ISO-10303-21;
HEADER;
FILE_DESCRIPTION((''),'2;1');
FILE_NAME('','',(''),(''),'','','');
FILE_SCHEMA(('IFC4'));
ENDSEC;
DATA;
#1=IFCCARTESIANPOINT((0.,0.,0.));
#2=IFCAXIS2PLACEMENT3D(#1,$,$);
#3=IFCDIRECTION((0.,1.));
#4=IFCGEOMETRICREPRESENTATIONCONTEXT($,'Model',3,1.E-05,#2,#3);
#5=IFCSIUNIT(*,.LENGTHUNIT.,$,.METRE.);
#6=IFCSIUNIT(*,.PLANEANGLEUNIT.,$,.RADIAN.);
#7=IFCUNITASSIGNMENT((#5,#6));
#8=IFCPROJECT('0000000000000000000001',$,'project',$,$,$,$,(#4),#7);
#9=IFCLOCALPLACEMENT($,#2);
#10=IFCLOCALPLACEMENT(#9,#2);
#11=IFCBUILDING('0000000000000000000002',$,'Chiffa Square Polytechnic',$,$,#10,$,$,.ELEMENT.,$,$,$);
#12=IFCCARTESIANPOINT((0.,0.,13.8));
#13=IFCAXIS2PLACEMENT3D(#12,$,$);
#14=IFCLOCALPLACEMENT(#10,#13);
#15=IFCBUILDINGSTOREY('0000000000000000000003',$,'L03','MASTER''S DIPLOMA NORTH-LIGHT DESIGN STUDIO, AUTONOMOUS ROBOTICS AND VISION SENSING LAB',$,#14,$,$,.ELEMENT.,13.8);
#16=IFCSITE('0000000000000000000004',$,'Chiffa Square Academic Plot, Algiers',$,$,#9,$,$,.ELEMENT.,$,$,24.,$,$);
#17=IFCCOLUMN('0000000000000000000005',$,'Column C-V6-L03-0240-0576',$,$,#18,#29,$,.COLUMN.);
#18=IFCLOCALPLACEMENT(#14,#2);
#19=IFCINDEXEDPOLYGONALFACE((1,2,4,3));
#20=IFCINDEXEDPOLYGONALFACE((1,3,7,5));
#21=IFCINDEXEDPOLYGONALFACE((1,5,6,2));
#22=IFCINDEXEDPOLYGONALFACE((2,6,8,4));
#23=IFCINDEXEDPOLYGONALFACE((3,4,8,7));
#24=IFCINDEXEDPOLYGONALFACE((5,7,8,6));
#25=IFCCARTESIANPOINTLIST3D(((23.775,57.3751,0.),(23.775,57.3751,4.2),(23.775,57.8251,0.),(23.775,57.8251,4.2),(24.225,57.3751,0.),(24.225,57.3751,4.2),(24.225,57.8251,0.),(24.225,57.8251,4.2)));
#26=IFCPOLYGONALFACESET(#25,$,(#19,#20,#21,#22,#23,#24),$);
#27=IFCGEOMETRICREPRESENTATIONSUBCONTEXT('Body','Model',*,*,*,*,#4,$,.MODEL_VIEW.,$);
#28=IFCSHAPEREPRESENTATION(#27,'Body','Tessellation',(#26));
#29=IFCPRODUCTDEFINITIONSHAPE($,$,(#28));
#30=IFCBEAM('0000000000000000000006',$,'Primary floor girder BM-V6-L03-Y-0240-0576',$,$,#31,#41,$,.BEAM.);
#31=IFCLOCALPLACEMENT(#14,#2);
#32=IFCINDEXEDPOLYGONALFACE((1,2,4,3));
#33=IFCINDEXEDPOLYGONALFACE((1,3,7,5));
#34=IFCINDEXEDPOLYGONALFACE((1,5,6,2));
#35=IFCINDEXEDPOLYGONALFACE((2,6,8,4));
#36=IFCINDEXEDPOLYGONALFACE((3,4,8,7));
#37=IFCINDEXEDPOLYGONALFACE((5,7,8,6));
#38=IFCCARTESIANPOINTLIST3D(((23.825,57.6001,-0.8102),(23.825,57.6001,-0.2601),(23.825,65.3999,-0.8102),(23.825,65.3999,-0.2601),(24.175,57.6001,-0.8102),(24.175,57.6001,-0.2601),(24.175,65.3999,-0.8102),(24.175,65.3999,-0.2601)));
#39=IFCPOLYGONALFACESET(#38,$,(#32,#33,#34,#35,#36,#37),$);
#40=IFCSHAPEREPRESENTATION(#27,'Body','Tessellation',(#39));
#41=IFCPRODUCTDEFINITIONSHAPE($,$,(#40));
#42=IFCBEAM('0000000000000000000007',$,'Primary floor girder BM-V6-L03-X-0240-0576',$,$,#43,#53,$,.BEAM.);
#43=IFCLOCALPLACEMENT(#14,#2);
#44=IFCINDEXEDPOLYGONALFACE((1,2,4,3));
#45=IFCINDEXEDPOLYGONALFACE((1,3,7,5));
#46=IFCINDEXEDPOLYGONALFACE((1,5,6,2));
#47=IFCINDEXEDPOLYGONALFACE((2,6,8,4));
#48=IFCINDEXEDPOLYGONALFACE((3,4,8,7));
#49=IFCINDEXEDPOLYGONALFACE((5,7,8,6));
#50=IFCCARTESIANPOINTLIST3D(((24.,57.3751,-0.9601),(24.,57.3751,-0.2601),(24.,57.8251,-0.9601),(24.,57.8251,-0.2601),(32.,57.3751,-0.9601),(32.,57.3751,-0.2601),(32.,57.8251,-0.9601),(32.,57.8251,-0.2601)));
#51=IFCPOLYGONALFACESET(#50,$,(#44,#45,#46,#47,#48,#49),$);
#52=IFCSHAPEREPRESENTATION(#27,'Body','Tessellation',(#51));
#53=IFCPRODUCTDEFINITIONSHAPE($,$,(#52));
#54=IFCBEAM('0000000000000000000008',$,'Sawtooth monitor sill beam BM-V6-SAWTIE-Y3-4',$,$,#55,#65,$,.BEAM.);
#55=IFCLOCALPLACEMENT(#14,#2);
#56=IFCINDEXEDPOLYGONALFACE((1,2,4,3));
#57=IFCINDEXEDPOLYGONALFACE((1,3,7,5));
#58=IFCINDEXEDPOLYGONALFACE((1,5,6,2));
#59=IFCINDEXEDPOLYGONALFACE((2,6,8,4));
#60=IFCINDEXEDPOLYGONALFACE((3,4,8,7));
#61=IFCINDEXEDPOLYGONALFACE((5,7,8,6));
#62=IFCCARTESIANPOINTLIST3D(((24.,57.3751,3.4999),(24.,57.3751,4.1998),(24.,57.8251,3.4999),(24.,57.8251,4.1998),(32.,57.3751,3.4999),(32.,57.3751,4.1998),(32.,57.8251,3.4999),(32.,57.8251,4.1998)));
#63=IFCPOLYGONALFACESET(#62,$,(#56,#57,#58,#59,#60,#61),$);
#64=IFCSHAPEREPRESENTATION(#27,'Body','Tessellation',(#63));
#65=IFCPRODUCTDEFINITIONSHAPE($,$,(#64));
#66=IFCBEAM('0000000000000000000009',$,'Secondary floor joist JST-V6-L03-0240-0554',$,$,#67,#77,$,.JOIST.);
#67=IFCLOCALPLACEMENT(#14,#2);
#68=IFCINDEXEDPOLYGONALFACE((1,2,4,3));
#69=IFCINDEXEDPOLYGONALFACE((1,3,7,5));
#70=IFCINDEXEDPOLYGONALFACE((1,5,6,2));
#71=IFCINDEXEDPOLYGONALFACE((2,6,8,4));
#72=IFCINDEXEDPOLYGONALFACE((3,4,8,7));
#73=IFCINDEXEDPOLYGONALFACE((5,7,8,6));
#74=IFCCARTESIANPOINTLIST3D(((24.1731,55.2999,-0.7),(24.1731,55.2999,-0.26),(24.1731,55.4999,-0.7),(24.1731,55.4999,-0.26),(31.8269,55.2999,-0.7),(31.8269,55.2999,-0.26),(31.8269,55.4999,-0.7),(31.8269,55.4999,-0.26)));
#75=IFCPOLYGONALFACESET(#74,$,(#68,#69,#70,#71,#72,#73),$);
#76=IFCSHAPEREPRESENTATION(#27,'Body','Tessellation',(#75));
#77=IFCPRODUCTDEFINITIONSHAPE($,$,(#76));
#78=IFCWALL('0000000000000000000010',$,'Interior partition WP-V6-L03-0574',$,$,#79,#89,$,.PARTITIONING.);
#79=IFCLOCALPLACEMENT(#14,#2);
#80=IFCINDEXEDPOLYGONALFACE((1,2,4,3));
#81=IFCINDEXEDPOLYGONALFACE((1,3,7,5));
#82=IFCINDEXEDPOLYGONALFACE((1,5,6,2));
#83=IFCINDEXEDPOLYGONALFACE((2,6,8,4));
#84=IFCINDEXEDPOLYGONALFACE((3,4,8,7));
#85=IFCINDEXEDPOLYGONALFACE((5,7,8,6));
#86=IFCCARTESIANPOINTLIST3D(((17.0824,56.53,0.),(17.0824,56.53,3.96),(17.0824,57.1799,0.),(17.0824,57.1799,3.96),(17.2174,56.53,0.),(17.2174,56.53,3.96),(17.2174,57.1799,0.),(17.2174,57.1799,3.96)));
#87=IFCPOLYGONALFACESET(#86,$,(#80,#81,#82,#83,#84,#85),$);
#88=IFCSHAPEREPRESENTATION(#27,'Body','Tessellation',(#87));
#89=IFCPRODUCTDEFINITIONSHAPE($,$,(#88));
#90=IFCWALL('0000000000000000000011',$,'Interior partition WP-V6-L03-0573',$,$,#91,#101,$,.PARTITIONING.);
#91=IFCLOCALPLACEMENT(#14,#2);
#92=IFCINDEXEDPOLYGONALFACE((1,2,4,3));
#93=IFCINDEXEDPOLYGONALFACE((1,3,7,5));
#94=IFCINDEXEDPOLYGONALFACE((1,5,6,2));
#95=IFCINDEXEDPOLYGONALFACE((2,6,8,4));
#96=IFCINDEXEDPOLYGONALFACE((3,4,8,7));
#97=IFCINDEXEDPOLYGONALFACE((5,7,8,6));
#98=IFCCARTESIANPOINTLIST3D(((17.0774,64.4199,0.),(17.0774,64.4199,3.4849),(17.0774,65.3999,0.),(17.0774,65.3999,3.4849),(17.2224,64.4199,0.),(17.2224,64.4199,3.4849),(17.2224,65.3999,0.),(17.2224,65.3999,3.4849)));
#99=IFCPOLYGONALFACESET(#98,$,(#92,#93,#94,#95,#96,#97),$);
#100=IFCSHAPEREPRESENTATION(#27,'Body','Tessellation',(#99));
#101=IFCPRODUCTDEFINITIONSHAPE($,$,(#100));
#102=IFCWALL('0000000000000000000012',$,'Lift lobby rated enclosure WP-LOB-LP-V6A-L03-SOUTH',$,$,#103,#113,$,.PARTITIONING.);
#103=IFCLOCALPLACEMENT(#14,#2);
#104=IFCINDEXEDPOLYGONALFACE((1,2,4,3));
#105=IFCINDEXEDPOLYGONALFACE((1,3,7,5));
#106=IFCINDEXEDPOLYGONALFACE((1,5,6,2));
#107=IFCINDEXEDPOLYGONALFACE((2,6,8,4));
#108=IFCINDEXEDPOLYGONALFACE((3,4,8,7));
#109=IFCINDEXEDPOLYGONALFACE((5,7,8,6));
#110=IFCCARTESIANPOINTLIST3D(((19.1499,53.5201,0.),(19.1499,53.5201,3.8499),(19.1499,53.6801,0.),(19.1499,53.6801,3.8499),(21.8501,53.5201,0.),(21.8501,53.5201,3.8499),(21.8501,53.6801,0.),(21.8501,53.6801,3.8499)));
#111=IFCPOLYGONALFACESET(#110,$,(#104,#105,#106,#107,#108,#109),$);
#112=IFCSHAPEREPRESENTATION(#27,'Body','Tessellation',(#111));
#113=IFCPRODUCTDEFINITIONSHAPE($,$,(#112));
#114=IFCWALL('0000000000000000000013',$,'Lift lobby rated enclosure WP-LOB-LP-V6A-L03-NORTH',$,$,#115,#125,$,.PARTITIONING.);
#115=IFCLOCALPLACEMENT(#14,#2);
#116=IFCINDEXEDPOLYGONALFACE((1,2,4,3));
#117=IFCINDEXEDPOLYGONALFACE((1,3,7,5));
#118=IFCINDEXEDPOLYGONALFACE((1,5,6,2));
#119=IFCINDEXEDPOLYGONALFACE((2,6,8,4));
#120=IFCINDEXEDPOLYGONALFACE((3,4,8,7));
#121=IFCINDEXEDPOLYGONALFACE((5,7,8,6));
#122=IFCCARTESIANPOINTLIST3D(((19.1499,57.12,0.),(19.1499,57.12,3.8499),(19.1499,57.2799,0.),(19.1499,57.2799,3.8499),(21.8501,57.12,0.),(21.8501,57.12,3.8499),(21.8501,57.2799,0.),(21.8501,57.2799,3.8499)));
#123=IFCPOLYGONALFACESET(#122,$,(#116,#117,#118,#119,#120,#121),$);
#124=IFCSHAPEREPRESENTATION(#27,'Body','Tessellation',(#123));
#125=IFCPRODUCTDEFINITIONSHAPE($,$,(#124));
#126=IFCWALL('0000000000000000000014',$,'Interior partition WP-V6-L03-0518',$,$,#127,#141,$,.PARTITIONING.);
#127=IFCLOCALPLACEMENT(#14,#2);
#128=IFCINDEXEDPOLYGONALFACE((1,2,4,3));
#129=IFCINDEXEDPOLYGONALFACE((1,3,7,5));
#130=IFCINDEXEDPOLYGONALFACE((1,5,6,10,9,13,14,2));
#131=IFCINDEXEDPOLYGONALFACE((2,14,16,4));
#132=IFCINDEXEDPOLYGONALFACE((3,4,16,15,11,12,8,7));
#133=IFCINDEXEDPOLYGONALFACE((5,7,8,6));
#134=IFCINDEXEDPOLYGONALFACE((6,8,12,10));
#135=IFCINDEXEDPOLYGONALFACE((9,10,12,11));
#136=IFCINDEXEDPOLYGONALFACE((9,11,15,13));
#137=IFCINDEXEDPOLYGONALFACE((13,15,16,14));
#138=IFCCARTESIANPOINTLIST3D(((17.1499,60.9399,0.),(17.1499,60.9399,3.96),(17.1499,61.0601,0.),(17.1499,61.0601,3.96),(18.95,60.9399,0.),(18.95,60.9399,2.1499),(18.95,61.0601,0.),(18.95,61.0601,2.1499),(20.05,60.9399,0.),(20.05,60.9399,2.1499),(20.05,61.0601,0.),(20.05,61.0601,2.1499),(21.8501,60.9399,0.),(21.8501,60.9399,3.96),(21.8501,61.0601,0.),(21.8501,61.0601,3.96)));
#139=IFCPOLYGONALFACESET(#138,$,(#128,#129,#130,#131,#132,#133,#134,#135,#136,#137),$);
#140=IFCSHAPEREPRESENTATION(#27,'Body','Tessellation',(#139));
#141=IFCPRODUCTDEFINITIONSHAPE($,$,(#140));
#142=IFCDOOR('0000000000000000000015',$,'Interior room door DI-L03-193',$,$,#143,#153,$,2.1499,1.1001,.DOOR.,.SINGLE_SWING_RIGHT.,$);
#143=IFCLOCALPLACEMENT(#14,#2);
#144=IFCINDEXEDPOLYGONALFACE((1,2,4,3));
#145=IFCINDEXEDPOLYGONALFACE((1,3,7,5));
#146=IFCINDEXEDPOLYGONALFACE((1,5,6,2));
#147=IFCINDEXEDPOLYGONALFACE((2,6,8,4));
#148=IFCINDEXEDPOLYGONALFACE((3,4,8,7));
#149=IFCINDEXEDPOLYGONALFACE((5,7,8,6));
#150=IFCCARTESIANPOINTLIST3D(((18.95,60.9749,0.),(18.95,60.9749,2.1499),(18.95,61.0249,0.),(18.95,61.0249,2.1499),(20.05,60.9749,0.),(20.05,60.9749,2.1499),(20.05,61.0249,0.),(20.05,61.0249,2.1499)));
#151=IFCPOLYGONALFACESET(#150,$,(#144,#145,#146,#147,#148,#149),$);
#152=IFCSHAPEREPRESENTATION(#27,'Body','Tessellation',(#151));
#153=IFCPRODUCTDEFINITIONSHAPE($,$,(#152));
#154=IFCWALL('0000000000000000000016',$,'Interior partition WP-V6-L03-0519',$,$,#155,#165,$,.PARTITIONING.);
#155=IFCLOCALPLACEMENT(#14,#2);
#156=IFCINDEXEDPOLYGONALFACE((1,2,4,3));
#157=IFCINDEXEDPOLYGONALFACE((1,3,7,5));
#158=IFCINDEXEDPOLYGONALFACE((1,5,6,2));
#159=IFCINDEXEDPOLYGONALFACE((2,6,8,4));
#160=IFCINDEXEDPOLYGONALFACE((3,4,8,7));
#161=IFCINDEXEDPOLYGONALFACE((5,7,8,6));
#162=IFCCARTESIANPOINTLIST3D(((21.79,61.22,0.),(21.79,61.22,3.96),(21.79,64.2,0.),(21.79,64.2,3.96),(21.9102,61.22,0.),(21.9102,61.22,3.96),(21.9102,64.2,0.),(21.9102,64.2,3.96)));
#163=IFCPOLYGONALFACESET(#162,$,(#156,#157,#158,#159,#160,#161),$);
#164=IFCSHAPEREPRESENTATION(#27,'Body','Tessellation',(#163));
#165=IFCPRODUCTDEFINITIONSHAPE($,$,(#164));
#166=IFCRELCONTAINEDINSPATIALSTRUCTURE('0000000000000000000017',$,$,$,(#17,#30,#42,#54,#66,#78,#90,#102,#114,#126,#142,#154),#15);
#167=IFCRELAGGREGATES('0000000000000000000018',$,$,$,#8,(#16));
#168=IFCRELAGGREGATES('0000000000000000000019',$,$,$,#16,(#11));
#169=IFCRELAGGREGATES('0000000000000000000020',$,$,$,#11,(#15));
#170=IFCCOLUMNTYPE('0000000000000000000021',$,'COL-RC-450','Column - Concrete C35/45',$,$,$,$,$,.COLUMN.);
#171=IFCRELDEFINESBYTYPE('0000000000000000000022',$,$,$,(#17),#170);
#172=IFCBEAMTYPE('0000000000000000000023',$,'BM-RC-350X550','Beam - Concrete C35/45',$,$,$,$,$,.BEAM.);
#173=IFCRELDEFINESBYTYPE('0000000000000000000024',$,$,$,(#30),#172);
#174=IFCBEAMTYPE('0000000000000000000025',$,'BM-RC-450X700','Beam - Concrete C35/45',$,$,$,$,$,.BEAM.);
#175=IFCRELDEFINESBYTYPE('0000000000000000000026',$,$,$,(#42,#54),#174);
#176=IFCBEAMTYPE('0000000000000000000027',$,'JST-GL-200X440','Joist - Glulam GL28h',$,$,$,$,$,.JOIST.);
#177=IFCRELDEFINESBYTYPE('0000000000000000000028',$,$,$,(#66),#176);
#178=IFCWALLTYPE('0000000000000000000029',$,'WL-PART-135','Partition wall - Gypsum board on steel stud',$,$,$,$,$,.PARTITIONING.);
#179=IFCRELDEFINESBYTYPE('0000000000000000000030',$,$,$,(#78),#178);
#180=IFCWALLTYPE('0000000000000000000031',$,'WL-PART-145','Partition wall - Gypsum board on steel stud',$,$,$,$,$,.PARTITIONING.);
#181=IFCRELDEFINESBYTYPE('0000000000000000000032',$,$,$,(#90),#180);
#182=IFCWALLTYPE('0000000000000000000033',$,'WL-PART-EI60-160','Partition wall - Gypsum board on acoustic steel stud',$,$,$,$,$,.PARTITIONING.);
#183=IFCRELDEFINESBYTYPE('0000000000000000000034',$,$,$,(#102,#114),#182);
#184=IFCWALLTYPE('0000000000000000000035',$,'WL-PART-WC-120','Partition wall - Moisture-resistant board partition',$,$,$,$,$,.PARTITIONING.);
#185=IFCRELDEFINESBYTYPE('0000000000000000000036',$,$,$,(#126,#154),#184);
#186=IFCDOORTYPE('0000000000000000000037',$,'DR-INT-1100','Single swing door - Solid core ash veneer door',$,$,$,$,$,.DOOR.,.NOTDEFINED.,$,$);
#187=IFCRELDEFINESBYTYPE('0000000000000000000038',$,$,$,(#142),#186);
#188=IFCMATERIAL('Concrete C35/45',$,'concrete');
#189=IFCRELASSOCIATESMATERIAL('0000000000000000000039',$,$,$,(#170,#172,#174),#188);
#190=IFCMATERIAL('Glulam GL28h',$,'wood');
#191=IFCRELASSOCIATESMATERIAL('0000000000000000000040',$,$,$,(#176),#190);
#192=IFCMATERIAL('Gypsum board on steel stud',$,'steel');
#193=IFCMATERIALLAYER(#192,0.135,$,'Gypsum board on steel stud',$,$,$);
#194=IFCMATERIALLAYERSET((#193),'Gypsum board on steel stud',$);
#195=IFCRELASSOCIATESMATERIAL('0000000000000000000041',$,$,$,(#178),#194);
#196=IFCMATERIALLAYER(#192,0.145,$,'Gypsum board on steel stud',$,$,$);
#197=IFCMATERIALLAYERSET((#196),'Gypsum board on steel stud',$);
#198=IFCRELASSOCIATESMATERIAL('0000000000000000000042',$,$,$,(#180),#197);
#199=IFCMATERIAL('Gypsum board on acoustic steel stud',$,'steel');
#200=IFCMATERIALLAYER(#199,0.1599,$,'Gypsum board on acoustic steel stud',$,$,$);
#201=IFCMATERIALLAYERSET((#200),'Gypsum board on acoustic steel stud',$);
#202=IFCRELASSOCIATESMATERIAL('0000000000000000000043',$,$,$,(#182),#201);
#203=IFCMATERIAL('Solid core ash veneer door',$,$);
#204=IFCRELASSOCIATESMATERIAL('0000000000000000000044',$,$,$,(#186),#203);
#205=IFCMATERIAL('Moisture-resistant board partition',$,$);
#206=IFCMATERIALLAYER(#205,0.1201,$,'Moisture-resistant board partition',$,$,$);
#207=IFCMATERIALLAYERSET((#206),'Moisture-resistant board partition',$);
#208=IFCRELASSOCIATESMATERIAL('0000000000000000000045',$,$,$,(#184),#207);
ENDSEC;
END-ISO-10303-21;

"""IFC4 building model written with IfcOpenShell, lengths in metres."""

from ifc_helpers import new_model, si_unit, direction, frame, frame_2d, origin, origin_2d, place, context, subcontext, project, spatial, rectangle, extrude, material, layer, layer_set, material_profile, profile_set, type_object, element, fill, save


model = new_model("IFC4")

# Units and contexts
model_context = context("Model", 3, precision=1e-05, world=origin(), true_north=direction((0.0, 1.0)))
body_context = subcontext(model_context, "Body", "Model", "MODEL_VIEW")
ifc_project = project(units=[si_unit("LENGTHUNIT", "METRE"), si_unit("PLANEANGLEUNIT", "RADIAN")], contexts=[model_context])

# Site, building, storey
site_placement = place(None, origin())
site = spatial("IfcSite", under=ifc_project, at=site_placement, Name="Chiffa Square Academic Plot, Algiers", CompositionType="ELEMENT", RefElevation=24.0)
building_placement = place(site_placement, origin())
building = spatial("IfcBuilding", under=site, at=building_placement, Name="Chiffa Square Polytechnic", CompositionType="ELEMENT")
storey_placement = place(building_placement, frame((0.0, 0.0, 13.8)))
storey = spatial("IfcBuildingStorey", under=building, at=storey_placement, Name="L03", Description="MASTER'S DIPLOMA NORTH-LIGHT DESIGN STUDIO, AUTONOMOUS ROBOTICS AND VISION SENSING LAB", CompositionType="ELEMENT", Elevation=13.8)

# Column
ifc_material_1 = material(Name="Concrete C35/45", Category="concrete")
ifc_material_profile_1 = material_profile(ifc_material_1, rectangle(XDim=0.45, YDim=0.45, at=origin_2d()), Name="RC 450x450")
ifc_profile_set_1 = profile_set([ifc_material_profile_1], Name="Concrete C35/45")
column_type = type_object("IfcColumnType", Name="COL-RC-450", Description="Column - Concrete C35/45", PredefinedType="COLUMN", material=ifc_profile_set_1)
column_placement = place(storey_placement, frame((24.0, 57.6001, 0.0), z_axis=(0.0, 0.0, 1.0), x_axis=(1.0, 0.0, 0.0)))
element("IfcColumn", 1, at=column_placement, inside=storey, type_object=column_type, Name="Column C-V6-L03-0240-0576", PredefinedType="COLUMN", context=body_context, shape_type="SweptSolid", body=[
    extrude(rectangle(XDim=0.45, YDim=0.45, at=origin_2d()), origin(), (0.0, 0.0, 1.0), 4.2),
])

# Beams
ifc_material_profile_2 = material_profile(ifc_material_1, rectangle(XDim=0.3501, YDim=0.55, at=origin_2d()), Name="RC 350x550")
ifc_profile_set_2 = profile_set([ifc_material_profile_2], Name="Concrete C35/45")
beam_type_1 = type_object("IfcBeamType", Name="BM-RC-350X550", Description="Beam - Concrete C35/45", PredefinedType="BEAM", material=ifc_profile_set_2)
beam_1_placement = place(storey_placement, frame((24.0, 57.6001, -0.5352), z_axis=(0.0, 1.0, 0.0), x_axis=(-1.0, 0.0, 0.0)))
element("IfcBeam", 2, at=beam_1_placement, inside=storey, type_object=beam_type_1, Name="Primary floor girder BM-V6-L03-Y-0240-0576", PredefinedType="BEAM", context=body_context, shape_type="SweptSolid", body=[
    extrude(rectangle(XDim=0.3501, YDim=0.55, at=origin_2d()), origin(), (0.0, 0.0, 1.0), 7.7998),
])
ifc_material_profile_3 = material_profile(ifc_material_1, rectangle(XDim=0.45, YDim=0.7, at=origin_2d()), Name="RC 450x700")
ifc_profile_set_3 = profile_set([ifc_material_profile_3], Name="Concrete C35/45")
beam_type_2 = type_object("IfcBeamType", Name="BM-RC-450X700", Description="Beam - Concrete C35/45", PredefinedType="BEAM", material=ifc_profile_set_3)
for number, where, z_axis, x_axis, name in (
    (3, (24.0, 57.6001, -0.6101), (1.0, 0.0, 0.0), (0.0, 1.0, 0.0), "Primary floor girder BM-V6-L03-X-0240-0576"),
    (4, (24.0, 57.6001, 3.8499), (1.0, 0.0, 0.0), (0.0, 1.0, 0.0), "Sawtooth monitor sill beam BM-V6-SAWTIE-Y3-4"),
):
    element("IfcBeam", number, at=place(storey_placement, frame(where, z_axis=z_axis, x_axis=x_axis)), inside=storey, type_object=beam_type_2, Name=name, PredefinedType="BEAM", context=body_context, shape_type="SweptSolid", body=[
        extrude(rectangle(XDim=0.45, YDim=0.7, at=origin_2d()), origin(), (0.0, 0.0, 1.0), 8.0),
    ])
ifc_material_2 = material(Name="Glulam GL28h", Category="wood")
ifc_material_profile_4 = material_profile(ifc_material_2, rectangle(XDim=0.2, YDim=0.4399, at=origin_2d()), Name="GL28h 200x440")
ifc_profile_set_4 = profile_set([ifc_material_profile_4], Name="Glulam GL28h")
beam_type_3 = type_object("IfcBeamType", Name="JST-GL-200X440", Description="Joist - Glulam GL28h", PredefinedType="JOIST", material=ifc_profile_set_4)
beam_2_placement = place(storey_placement, frame((24.1731, 55.3999, -0.48), z_axis=(1.0, 0.0, 0.0), x_axis=(0.0, 1.0, 0.0)))
element("IfcBeam", 5, at=beam_2_placement, inside=storey, type_object=beam_type_3, Name="Secondary floor joist JST-V6-L03-0240-0554", PredefinedType="JOIST", context=body_context, shape_type="SweptSolid", body=[
    extrude(rectangle(XDim=0.2, YDim=0.4399, at=origin_2d()), origin(), (0.0, 0.0, 1.0), 7.6538),
])

# Walls
ifc_material_3 = material(Name="Gypsum board on steel stud", Category="steel")
ifc_layer_1 = layer(ifc_material_3, 0.135, Name="Gypsum board on steel stud")
ifc_layer_set_1 = layer_set([ifc_layer_1], Name="Gypsum board on steel stud")
wall_type_1 = type_object("IfcWallType", Name="WL-PART-135", Description="Partition wall - Gypsum board on steel stud", PredefinedType="PARTITIONING", material=ifc_layer_set_1)
wall_1_placement = place(storey_placement, frame((17.1499, 56.53, 0.0), z_axis=(0.0, 0.0, 1.0), x_axis=(0.0, 1.0, 0.0)))
element("IfcWall", 6, at=wall_1_placement, inside=storey, type_object=wall_type_1, Name="Interior partition WP-V6-L03-0574", PredefinedType="PARTITIONING", context=body_context, shape_type="SweptSolid", body=[
    extrude(rectangle(XDim=0.6499, YDim=0.135, at=frame_2d((0.325, 0.0))), origin(), (0.0, 0.0, 1.0), 3.96),
])
ifc_layer_2 = layer(ifc_material_3, 0.145, Name="Gypsum board on steel stud")
ifc_layer_set_2 = layer_set([ifc_layer_2], Name="Gypsum board on steel stud")
wall_type_2 = type_object("IfcWallType", Name="WL-PART-145", Description="Partition wall - Gypsum board on steel stud", PredefinedType="PARTITIONING", material=ifc_layer_set_2)
wall_2_placement = place(storey_placement, frame((17.1499, 64.4199, 0.0), z_axis=(0.0, 0.0, 1.0), x_axis=(0.0, 1.0, 0.0)))
element("IfcWall", 7, at=wall_2_placement, inside=storey, type_object=wall_type_2, Name="Interior partition WP-V6-L03-0573", PredefinedType="PARTITIONING", context=body_context, shape_type="SweptSolid", body=[
    extrude(rectangle(XDim=0.98, YDim=0.145, at=frame_2d((0.49, 0.0))), origin(), (0.0, 0.0, 1.0), 3.4849),
])
ifc_material_4 = material(Name="Gypsum board on acoustic steel stud", Category="steel")
ifc_layer_3 = layer(ifc_material_4, 0.1599, Name="Gypsum board on acoustic steel stud")
ifc_layer_set_3 = layer_set([ifc_layer_3], Name="Gypsum board on acoustic steel stud")
wall_type_3 = type_object("IfcWallType", Name="WL-PART-EI60-160", Description="Partition wall - Gypsum board on acoustic steel stud", PredefinedType="PARTITIONING", material=ifc_layer_set_3)
for number, where, z_axis, x_axis, name in (
    (8, (19.1499, 53.6001, 0.0), (0.0, 0.0, 1.0), (1.0, 0.0, 0.0), "Lift lobby rated enclosure WP-LOB-LP-V6A-L03-SOUTH"),
    (9, (19.1499, 57.2, 0.0), (0.0, 0.0, 1.0), (1.0, 0.0, 0.0), "Lift lobby rated enclosure WP-LOB-LP-V6A-L03-NORTH"),
):
    element("IfcWall", number, at=place(storey_placement, frame(where, z_axis=z_axis, x_axis=x_axis)), inside=storey, type_object=wall_type_3, Name=name, PredefinedType="PARTITIONING", context=body_context, shape_type="SweptSolid", body=[
        extrude(rectangle(XDim=2.7002, YDim=0.1599, at=frame_2d((1.3501, 0.0))), origin(), (0.0, 0.0, 1.0), 3.8499),
    ])

# Wall, opening, door
ifc_material_5 = material(Name="Solid core ash veneer door")
door_type_1 = type_object("IfcDoorType", Name="DR-INT-1100", Description="Single swing door - Solid core ash veneer door", OperationType="NOTDEFINED", PredefinedType="DOOR", material=ifc_material_5)
ifc_material_6 = material(Name="Moisture-resistant board partition")
ifc_layer_4 = layer(ifc_material_6, 0.1201, Name="Moisture-resistant board partition")
ifc_layer_set_4 = layer_set([ifc_layer_4], Name="Moisture-resistant board partition")
wall_type_4 = type_object("IfcWallType", Name="WL-PART-WC-120", Description="Partition wall - Moisture-resistant board partition", PredefinedType="PARTITIONING", material=ifc_layer_set_4)
wall_3_placement = place(storey_placement, frame((17.1499, 61.0, 0.0), z_axis=(0.0, 0.0, 1.0), x_axis=(1.0, 0.0, 0.0)))
wall_3 = element("IfcWall", 10, at=wall_3_placement, inside=storey, type_object=wall_type_4, Name="Interior partition WP-V6-L03-0518", PredefinedType="PARTITIONING", context=body_context, shape_type="SweptSolid", body=[
    extrude(rectangle(XDim=4.7002, YDim=0.1201, at=frame_2d((2.3501, 0.0))), origin(), (0.0, 0.0, 1.0), 3.96),
])
opening_1_placement = place(wall_3_placement, frame((1.8, 0.0, 0.0)))
opening_1 = element("IfcOpeningElement", 11, at=opening_1_placement, cuts=wall_3, PredefinedType="OPENING", context=body_context, shape_type="SweptSolid", body=[
    extrude(rectangle(XDim=1.1001, YDim=2.1499, at=frame_2d((0.55, 1.075))), frame((0.0, 0.0701, 0.0), z_axis=(0.0, -1.0, 0.0), x_axis=(1.0, 0.0, 0.0)), (0.0, 0.0, 1.0), 0.1401),
])
door_1_placement = place(opening_1_placement, origin())
door_1 = element("IfcDoor", 12, at=door_1_placement, inside=storey, type_object=door_type_1, Name="Interior room door DI-L03-193", OperationType="SINGLE_SWING_RIGHT", OverallHeight=2.1499, OverallWidth=1.1001, PredefinedType="DOOR", context=body_context, shape_type="SweptSolid", body=[
    extrude(rectangle(XDim=1.1001, YDim=2.1499, at=frame_2d((0.55, 1.075))), frame((0.0, 0.0249, 0.0), z_axis=(0.0, -1.0, 0.0), x_axis=(1.0, 0.0, 0.0)), (0.0, 0.0, 1.0), 0.05),
])
fill(opening_1, door_1)

# Wall
wall_4_placement = place(storey_placement, frame((21.8501, 61.22, 0.0), z_axis=(0.0, 0.0, 1.0), x_axis=(0.0, 1.0, 0.0)))
element("IfcWall", 13, at=wall_4_placement, inside=storey, type_object=wall_type_4, Name="Interior partition WP-V6-L03-0519", PredefinedType="PARTITIONING", context=body_context, shape_type="SweptSolid", body=[
    extrude(rectangle(XDim=2.98, YDim=0.1201, at=frame_2d((1.49, 0.0))), origin(), (0.0, 0.0, 1.0), 3.96),
])

save(model, "model.ifc")
